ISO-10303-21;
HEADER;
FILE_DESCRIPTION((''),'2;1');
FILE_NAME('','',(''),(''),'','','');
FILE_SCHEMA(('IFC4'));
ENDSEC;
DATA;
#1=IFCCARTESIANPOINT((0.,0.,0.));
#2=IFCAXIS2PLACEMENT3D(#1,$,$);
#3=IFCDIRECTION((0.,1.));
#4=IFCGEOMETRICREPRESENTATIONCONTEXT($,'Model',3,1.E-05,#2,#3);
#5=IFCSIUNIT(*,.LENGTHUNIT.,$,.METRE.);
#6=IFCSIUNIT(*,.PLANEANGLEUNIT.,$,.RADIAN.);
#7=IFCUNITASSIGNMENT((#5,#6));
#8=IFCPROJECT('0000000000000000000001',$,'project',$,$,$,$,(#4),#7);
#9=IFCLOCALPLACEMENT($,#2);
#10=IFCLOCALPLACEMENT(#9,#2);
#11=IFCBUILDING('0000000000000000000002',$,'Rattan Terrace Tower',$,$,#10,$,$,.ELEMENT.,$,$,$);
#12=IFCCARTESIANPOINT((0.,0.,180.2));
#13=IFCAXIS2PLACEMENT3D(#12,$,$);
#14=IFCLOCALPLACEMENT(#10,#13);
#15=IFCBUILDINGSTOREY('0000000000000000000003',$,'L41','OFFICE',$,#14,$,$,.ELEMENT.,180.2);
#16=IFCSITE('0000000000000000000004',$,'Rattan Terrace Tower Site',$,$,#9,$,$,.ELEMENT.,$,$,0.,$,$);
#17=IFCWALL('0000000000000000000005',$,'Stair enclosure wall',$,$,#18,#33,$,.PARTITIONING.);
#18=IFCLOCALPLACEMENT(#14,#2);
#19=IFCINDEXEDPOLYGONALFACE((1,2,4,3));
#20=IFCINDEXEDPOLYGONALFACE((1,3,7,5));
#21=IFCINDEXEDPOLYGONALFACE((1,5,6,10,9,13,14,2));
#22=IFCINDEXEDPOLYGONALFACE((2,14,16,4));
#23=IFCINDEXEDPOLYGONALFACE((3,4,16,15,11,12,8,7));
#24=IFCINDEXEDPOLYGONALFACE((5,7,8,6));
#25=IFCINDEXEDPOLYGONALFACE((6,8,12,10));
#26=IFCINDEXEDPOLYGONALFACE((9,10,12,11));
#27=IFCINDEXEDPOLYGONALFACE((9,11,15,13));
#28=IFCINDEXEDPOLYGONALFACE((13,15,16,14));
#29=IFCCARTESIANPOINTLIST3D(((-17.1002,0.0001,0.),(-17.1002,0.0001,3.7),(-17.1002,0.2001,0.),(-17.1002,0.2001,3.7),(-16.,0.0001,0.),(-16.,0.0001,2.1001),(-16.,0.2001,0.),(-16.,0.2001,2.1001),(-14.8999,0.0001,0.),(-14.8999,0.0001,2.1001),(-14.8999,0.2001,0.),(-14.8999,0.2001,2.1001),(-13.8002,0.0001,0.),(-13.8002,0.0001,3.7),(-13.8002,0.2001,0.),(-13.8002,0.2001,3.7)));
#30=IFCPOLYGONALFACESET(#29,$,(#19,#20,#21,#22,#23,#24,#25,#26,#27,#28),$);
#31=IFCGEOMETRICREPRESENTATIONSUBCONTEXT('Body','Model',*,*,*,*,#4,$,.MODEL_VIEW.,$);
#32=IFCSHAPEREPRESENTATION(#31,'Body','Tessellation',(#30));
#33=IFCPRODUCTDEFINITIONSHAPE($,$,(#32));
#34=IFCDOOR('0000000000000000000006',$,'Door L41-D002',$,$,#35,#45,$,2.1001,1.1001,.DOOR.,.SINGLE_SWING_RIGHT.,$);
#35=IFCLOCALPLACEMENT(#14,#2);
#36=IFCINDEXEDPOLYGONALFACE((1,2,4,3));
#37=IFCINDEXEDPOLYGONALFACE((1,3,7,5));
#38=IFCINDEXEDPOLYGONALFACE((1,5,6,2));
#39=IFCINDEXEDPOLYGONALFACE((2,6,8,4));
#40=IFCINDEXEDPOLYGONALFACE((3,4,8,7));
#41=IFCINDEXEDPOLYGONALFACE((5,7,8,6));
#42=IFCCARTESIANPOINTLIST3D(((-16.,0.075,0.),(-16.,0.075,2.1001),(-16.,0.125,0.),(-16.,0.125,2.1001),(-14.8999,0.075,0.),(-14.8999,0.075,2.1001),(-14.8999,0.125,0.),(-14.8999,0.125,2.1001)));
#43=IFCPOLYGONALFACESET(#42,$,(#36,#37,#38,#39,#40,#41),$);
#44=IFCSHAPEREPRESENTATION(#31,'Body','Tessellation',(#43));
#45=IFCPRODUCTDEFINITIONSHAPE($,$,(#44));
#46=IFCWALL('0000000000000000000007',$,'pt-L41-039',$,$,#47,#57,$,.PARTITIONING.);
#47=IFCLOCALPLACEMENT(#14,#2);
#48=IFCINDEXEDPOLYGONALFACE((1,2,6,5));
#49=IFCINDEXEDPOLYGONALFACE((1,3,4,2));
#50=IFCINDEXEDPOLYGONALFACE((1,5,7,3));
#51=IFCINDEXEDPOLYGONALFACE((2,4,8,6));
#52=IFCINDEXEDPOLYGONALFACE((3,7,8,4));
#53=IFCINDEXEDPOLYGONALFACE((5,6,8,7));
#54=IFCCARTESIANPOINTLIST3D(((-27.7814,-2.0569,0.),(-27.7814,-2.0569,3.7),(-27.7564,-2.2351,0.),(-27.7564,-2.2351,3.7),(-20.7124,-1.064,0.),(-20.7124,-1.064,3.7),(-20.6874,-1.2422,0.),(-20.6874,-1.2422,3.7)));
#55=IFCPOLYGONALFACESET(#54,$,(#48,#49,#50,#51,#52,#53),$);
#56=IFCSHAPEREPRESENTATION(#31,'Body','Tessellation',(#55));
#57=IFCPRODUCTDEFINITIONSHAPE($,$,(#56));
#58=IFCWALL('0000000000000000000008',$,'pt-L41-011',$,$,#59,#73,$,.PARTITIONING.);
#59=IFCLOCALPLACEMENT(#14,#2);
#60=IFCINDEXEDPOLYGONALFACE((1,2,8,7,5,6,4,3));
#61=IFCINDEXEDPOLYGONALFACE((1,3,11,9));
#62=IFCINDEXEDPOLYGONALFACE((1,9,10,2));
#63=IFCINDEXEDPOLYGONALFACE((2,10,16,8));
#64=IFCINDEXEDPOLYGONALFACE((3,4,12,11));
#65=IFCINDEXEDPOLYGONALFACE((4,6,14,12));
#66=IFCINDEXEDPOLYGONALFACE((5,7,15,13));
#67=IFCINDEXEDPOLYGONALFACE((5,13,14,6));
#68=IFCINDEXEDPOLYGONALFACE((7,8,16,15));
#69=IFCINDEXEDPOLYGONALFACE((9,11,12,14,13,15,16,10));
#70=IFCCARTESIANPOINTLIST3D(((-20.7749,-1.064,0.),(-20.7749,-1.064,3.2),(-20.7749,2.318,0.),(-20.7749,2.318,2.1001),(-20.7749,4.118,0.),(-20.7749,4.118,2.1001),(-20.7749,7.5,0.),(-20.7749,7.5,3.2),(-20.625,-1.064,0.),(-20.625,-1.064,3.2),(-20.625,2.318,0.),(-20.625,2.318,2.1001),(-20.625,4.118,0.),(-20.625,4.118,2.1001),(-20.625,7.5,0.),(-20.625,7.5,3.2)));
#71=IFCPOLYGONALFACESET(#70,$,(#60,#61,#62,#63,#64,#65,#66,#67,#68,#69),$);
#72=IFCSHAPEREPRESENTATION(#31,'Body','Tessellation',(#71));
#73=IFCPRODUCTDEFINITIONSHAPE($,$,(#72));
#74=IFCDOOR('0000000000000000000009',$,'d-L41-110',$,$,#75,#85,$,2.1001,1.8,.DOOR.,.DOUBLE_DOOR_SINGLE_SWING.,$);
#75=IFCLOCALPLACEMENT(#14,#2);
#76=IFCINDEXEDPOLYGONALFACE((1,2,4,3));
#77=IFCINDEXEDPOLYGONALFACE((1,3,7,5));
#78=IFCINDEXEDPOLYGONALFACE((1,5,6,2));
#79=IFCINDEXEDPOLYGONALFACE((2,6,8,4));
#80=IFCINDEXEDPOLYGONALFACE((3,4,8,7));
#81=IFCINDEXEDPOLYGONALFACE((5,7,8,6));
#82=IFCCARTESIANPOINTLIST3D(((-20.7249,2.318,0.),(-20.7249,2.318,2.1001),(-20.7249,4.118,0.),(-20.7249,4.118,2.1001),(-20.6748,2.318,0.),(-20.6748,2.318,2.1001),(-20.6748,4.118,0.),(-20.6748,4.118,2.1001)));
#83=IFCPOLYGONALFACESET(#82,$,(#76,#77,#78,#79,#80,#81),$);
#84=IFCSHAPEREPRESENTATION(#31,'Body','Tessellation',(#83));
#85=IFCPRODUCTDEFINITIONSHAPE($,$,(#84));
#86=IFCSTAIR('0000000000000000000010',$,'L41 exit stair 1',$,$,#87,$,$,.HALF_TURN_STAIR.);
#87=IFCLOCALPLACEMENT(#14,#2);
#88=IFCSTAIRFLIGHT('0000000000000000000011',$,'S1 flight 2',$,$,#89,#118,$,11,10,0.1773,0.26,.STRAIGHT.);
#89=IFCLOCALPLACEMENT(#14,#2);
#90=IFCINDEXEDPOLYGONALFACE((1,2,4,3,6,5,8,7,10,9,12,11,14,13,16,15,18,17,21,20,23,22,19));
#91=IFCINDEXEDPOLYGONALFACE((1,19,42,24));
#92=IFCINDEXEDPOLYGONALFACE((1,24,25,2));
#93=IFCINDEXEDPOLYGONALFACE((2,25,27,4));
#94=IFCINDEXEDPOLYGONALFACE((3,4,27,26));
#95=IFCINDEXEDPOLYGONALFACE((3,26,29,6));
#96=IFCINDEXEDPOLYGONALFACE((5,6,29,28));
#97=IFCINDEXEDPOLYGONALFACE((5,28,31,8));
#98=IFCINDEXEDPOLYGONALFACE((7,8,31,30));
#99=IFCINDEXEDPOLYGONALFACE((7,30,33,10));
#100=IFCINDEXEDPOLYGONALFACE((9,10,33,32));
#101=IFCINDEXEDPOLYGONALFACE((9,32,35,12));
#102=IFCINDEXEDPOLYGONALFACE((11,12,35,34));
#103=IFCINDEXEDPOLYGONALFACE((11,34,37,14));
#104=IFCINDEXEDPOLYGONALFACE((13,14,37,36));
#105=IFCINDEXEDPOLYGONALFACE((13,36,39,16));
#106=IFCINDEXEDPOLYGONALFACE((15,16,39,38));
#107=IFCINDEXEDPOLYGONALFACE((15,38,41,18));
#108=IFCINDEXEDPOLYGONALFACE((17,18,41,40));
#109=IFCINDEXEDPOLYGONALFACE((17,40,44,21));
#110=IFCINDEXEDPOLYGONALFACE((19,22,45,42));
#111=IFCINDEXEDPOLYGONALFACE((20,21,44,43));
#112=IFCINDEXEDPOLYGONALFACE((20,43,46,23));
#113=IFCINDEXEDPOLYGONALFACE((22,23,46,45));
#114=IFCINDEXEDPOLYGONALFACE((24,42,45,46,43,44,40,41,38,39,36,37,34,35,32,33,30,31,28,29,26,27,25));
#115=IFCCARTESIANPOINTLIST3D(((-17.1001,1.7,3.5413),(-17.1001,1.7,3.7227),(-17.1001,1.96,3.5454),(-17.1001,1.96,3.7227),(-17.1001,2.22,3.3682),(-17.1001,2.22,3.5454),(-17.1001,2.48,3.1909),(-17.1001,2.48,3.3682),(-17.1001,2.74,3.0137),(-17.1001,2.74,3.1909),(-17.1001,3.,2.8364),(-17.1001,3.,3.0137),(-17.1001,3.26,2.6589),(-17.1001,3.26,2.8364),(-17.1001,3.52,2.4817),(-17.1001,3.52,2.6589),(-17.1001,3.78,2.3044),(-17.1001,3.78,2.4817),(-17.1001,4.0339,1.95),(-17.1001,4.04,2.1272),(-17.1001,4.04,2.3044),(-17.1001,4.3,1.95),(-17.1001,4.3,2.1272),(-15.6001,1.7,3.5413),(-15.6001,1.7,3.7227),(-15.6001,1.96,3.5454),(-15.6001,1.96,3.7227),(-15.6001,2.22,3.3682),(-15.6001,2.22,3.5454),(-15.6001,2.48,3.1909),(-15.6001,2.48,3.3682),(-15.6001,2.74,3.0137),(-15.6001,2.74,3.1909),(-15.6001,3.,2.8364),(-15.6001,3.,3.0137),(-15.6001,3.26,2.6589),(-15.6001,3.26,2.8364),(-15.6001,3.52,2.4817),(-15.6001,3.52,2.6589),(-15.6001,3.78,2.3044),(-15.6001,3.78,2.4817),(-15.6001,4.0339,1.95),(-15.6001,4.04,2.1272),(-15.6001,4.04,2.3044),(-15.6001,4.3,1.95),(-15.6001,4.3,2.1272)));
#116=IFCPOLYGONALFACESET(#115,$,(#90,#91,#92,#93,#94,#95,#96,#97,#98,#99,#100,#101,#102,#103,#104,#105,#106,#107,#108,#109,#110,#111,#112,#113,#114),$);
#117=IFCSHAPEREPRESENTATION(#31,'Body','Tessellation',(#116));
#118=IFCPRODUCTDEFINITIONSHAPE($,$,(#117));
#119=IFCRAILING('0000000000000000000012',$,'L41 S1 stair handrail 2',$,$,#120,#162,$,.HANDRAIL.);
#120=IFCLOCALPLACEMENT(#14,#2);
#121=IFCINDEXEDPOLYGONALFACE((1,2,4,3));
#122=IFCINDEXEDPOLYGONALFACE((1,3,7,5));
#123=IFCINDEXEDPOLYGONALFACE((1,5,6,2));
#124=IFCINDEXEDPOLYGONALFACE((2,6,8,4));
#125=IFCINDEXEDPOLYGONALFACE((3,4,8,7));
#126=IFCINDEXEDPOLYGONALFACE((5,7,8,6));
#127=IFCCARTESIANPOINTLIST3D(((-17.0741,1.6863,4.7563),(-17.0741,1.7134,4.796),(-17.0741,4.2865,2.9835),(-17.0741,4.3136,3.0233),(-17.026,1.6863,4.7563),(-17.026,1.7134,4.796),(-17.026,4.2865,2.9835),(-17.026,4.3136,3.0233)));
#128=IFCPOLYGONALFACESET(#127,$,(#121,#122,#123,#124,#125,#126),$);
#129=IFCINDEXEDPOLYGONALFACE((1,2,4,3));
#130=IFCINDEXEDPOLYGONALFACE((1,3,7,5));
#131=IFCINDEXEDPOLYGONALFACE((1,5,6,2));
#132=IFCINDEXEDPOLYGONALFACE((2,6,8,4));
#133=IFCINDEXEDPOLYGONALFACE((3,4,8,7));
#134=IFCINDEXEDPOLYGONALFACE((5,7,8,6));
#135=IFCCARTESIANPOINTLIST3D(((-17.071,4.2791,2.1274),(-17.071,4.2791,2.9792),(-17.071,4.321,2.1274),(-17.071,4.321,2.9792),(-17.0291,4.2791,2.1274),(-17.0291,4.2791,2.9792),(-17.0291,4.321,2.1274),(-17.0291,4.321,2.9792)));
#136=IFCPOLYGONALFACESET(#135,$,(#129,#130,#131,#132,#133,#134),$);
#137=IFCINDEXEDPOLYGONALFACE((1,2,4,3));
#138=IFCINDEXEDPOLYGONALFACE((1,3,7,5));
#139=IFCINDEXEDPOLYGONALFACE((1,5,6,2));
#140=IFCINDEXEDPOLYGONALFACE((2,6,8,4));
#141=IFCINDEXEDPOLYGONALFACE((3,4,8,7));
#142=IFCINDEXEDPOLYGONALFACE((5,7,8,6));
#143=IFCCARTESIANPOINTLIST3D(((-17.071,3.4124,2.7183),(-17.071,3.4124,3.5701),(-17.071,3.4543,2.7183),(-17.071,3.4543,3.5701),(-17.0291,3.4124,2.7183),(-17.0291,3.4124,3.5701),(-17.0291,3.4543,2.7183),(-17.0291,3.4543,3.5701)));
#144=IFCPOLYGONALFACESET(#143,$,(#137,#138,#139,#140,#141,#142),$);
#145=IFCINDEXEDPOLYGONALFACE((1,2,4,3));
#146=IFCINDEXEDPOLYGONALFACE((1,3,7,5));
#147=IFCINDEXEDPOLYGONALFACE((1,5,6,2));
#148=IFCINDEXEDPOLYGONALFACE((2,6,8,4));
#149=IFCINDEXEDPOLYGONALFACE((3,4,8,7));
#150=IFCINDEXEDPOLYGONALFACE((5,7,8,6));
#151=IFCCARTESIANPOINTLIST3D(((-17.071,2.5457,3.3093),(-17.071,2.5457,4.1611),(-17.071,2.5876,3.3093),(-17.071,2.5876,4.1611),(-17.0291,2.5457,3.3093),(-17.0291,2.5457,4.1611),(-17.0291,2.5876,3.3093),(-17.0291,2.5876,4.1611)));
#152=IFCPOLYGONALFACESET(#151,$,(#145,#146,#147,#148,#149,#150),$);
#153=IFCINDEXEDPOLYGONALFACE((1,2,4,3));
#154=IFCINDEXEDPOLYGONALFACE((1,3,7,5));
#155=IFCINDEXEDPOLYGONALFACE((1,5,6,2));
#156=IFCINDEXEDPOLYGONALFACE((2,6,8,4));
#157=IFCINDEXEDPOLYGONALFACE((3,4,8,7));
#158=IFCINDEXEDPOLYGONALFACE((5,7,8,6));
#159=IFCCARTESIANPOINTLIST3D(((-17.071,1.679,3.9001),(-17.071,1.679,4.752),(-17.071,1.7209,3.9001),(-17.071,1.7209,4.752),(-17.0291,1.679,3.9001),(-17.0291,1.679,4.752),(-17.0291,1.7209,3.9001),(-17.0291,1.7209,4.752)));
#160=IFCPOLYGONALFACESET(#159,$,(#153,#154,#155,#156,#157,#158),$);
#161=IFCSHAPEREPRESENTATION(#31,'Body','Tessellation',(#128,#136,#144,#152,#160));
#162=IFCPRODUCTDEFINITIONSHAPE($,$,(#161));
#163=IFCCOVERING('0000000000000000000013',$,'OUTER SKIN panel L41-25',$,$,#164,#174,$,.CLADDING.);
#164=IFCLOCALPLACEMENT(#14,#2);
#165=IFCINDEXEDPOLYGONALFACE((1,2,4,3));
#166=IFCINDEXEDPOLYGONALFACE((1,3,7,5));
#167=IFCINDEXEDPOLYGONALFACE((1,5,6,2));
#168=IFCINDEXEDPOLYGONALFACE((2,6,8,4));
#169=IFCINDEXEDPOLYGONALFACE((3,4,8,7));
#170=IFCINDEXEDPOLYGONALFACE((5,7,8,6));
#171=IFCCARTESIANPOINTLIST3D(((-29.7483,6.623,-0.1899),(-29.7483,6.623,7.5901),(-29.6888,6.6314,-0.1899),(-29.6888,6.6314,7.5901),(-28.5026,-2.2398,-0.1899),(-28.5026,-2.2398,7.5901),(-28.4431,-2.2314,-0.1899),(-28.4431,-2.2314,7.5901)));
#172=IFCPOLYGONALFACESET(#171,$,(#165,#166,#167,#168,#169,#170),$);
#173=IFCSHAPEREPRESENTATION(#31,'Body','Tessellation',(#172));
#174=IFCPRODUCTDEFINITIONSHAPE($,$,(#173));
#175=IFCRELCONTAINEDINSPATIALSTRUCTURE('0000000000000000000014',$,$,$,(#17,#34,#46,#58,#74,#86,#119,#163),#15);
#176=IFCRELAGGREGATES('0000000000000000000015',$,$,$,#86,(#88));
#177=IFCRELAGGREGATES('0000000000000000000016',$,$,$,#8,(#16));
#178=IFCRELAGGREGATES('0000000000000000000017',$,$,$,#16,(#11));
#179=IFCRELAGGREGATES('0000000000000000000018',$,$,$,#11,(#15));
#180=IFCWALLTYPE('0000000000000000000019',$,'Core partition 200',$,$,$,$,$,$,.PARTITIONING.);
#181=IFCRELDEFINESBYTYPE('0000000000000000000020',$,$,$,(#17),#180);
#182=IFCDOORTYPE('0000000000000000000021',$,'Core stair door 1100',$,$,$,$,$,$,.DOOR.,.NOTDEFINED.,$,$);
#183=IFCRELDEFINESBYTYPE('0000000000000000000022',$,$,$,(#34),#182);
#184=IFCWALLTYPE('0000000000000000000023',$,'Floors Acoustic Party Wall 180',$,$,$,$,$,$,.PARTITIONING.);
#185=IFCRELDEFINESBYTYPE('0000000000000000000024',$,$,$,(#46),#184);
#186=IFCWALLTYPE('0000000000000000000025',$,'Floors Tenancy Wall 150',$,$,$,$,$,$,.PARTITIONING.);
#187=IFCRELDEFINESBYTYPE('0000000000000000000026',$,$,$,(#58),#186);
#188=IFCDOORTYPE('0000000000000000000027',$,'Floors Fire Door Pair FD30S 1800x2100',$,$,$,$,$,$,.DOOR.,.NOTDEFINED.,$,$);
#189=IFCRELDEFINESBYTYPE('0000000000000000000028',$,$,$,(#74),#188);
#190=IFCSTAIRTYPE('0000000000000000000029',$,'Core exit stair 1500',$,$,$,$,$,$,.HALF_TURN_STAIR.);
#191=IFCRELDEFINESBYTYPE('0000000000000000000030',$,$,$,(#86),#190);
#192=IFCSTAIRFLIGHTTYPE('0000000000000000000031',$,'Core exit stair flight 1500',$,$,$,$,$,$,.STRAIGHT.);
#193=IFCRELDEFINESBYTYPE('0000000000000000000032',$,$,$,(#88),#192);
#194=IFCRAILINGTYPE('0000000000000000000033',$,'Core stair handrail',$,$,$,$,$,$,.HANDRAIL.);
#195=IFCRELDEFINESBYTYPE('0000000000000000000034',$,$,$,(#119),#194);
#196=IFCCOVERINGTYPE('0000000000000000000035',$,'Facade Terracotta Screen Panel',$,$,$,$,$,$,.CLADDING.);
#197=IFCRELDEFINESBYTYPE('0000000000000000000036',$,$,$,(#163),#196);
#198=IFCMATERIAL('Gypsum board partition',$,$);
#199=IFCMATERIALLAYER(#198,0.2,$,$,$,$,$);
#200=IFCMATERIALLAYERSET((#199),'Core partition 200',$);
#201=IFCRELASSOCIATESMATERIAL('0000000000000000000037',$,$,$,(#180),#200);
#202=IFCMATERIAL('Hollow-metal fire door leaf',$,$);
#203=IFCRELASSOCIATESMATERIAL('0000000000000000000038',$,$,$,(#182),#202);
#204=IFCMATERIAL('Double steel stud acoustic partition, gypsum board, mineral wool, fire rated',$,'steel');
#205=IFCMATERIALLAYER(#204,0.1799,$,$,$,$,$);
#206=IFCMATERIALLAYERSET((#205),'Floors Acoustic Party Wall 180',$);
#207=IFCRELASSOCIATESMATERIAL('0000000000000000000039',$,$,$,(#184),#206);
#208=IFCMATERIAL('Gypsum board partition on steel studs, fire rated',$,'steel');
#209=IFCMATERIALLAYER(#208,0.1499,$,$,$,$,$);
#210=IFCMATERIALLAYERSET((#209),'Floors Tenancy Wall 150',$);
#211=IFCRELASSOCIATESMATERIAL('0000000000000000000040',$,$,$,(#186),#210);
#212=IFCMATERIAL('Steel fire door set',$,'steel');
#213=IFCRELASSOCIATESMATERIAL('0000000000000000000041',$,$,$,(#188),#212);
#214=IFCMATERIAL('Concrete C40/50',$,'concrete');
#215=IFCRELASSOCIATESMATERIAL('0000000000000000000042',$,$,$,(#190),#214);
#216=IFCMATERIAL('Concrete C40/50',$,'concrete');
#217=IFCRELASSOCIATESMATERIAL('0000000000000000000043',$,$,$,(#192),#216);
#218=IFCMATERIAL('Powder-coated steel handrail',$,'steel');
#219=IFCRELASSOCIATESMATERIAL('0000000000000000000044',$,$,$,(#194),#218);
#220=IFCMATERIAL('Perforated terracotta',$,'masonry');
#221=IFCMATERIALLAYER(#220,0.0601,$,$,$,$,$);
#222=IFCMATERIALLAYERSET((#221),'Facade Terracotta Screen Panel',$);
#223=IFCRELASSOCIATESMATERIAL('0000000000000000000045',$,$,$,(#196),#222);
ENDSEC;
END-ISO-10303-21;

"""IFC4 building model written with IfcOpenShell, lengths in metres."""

from ifc_helpers import new_model, si_unit, direction, frame, frame_2d, origin, origin_2d, place, context, subcontext, project, spatial, polyline, rectangle, outline, extrude, material, layer, layer_set, type_object, element, fill, aggregate, save


model = new_model("IFC4")

# Units and contexts
model_context = context("Model", 3, precision=1e-05, world=origin(), true_north=direction((0.0, 1.0)))
body_context = subcontext(model_context, "Body", "Model", "MODEL_VIEW")
ifc_project = project(units=[si_unit("LENGTHUNIT", "METRE"), si_unit("PLANEANGLEUNIT", "RADIAN")], contexts=[model_context])

# Site, building, storey
site_placement = place(None, origin())
site = spatial("IfcSite", under=ifc_project, at=site_placement, Name="Rattan Terrace Tower Site", CompositionType="ELEMENT", RefElevation=0.0)
building_placement = place(site_placement, origin())
building = spatial("IfcBuilding", under=site, at=building_placement, Name="Rattan Terrace Tower", CompositionType="ELEMENT")
storey_placement = place(building_placement, frame((0.0, 0.0, 180.2)))
storey = spatial("IfcBuildingStorey", under=building, at=storey_placement, Name="L41", Description="OFFICE", CompositionType="ELEMENT", Elevation=180.2)

# Wall, opening, door
ifc_material_1 = material(Name="Gypsum board partition")
ifc_layer_1 = layer(ifc_material_1, 0.2)
ifc_layer_set_1 = layer_set([ifc_layer_1], Name="Core partition 200")
wall_type_1 = type_object("IfcWallType", Name="Core partition 200", PredefinedType="PARTITIONING", material=ifc_layer_set_1)
wall_1_placement = place(storey_placement, frame((-17.1001, 0.1001, 0.0), z_axis=(0.0, 0.0, 1.0), x_axis=(1.0, 0.0, 0.0)))
wall_1 = element("IfcWall", 1, at=wall_1_placement, inside=storey, type_object=wall_type_1, Name="Stair enclosure wall", PredefinedType="PARTITIONING", context=body_context, shape_type="SweptSolid", body=[
    extrude(rectangle(XDim=3.3, YDim=0.2, at=frame_2d((1.6499, 0.0))), origin(), (0.0, 0.0, 1.0), 3.7),
])
opening_1_placement = place(wall_1_placement, frame((1.1001, 0.0, 0.0)))
opening_1 = element("IfcOpeningElement", 2, at=opening_1_placement, cuts=wall_1, PredefinedType="OPENING", context=body_context, shape_type="SweptSolid", body=[
    extrude(rectangle(XDim=1.1001, YDim=2.1001, at=frame_2d((0.55, 1.05))), frame((0.0, 0.1106, 0.0), z_axis=(0.0, -1.0, 0.0), x_axis=(1.0, 0.0, 0.0)), (0.0, 0.0, 1.0), 0.2209),
])
ifc_material_2 = material(Name="Hollow-metal fire door leaf")
door_type_1 = type_object("IfcDoorType", Name="Core stair door 1100", OperationType="NOTDEFINED", PredefinedType="DOOR", material=ifc_material_2)
door_1_placement = place(opening_1_placement, origin())
door_1 = element("IfcDoor", 3, at=door_1_placement, inside=storey, type_object=door_type_1, Name="Door L41-D002", OperationType="SINGLE_SWING_RIGHT", OverallHeight=2.1001, OverallWidth=1.1001, PredefinedType="DOOR", context=body_context, shape_type="SweptSolid", body=[
    extrude(rectangle(XDim=1.1001, YDim=2.1001, at=frame_2d((0.55, 1.05))), frame((0.0, 0.0249, 0.0), z_axis=(0.0, -1.0, 0.0), x_axis=(1.0, 0.0, 0.0)), (0.0, 0.0, 1.0), 0.05),
])
fill(opening_1, door_1)

# Wall
ifc_material_3 = material(Name="Double steel stud acoustic partition, gypsum board, mineral wool, fire rated", Category="steel")
ifc_layer_2 = layer(ifc_material_3, 0.1799)
ifc_layer_set_2 = layer_set([ifc_layer_2], Name="Floors Acoustic Party Wall 180")
wall_type_2 = type_object("IfcWallType", Name="Floors Acoustic Party Wall 180", PredefinedType="PARTITIONING", material=ifc_layer_set_2)
wall_2_placement = place(storey_placement, frame((-27.769, -2.146, 0.0), z_axis=(0.0, 0.0, 1.0), x_axis=(0.990279, 0.139094, 0.0)))
element("IfcWall", 4, at=wall_2_placement, inside=storey, type_object=wall_type_2, Name="pt-L41-039", PredefinedType="PARTITIONING", context=body_context, shape_type="SweptSolid", body=[
    extrude(rectangle(XDim=7.1384, YDim=0.1799, at=frame_2d((3.5693, 0.0))), origin(), (0.0, 0.0, 1.0), 3.7),
])

# Wall, opening, door
ifc_material_4 = material(Name="Gypsum board partition on steel studs, fire rated", Category="steel")
ifc_layer_3 = layer(ifc_material_4, 0.1499)
ifc_layer_set_3 = layer_set([ifc_layer_3], Name="Floors Tenancy Wall 150")
wall_type_3 = type_object("IfcWallType", Name="Floors Tenancy Wall 150", PredefinedType="PARTITIONING", material=ifc_layer_set_3)
wall_3_placement = place(storey_placement, frame((-20.7, -1.064, 0.0), z_axis=(0.0, 0.0, 1.0), x_axis=(0.0, 1.0, 0.0)))
wall_3 = element("IfcWall", 5, at=wall_3_placement, inside=storey, type_object=wall_type_3, Name="pt-L41-011", PredefinedType="PARTITIONING", context=body_context, shape_type="SweptSolid", body=[
    extrude(rectangle(XDim=8.564, YDim=0.1499, at=frame_2d((4.282, 0.0))), origin(), (0.0, 0.0, 1.0), 3.2),
])
opening_2_placement = place(wall_3_placement, frame((3.3821, 0.0, 0.0)))
opening_2 = element("IfcOpeningElement", 6, at=opening_2_placement, cuts=wall_3, PredefinedType="OPENING", context=body_context, shape_type="SweptSolid", body=[
    extrude(rectangle(XDim=1.8, YDim=2.1001, at=frame_2d((0.8999, 1.05))), frame((0.0, 0.0854, 0.0), z_axis=(0.0, -1.0, 0.0), x_axis=(1.0, 0.0, 0.0)), (0.0, 0.0, 1.0), 0.1709),
])
ifc_material_5 = material(Name="Steel fire door set", Category="steel")
door_type_2 = type_object("IfcDoorType", Name="Floors Fire Door Pair FD30S 1800x2100", OperationType="NOTDEFINED", PredefinedType="DOOR", material=ifc_material_5)
door_2_placement = place(opening_2_placement, origin())
door_2 = element("IfcDoor", 7, at=door_2_placement, inside=storey, type_object=door_type_2, Name="d-L41-110", OperationType="DOUBLE_DOOR_SINGLE_SWING", OverallHeight=2.1001, OverallWidth=1.8, PredefinedType="DOOR", context=body_context, shape_type="SweptSolid", body=[
    extrude(rectangle(XDim=1.8, YDim=2.1001, at=frame_2d((0.8999, 1.05))), frame((0.0, 0.0249, 0.0), z_axis=(0.0, -1.0, 0.0), x_axis=(1.0, 0.0, 0.0)), (0.0, 0.0, 1.0), 0.05),
])
fill(opening_2, door_2)

# Stair, stair flight
ifc_material_6 = material(Name="Concrete C40/50", Category="concrete")
stair_type = type_object("IfcStairType", Name="Core exit stair 1500", PredefinedType="HALF_TURN_STAIR", material=ifc_material_6)
stair_placement = place(storey_placement, origin())
stair = element("IfcStair", 8, at=stair_placement, inside=storey, type_object=stair_type, Name="L41 exit stair 1", PredefinedType="HALF_TURN_STAIR")
ifc_material_7 = material(Name="Concrete C40/50", Category="concrete")
stair_flight_type = type_object("IfcStairFlightType", Name="Core exit stair flight 1500", PredefinedType="STRAIGHT", material=ifc_material_7)
stair_flight_placement = place(storey_placement, frame((-16.3501, 4.3, 1.95), z_axis=(0.0, 0.0, 1.0), x_axis=(0.0, -1.0, 0.0)))
stair_flight = element("IfcStairFlight", 9, at=stair_flight_placement, type_object=stair_flight_type, Name="S1 flight 2", NumberOfRisers=11, NumberOfTreads=10, PredefinedType="STRAIGHT", RiserHeight=0.1773, TreadLength=0.26, context=body_context, shape_type="SweptSolid", body=[
    extrude(outline(polyline([(0.0, 0.0), (0.0, 0.1772), (0.26, 0.1772), (0.26, 0.3545), (0.52, 0.3545), (0.52, 0.5317), (0.78, 0.5317), (0.78, 0.709), (1.04, 0.709), (1.04, 0.8865), (1.3, 0.8865), (1.3, 1.0637), (1.5601, 1.0637), (1.5601, 1.241), (1.8201, 1.241), (1.8201, 1.4182), (2.0801, 1.4182), (2.0801, 1.5955), (2.3401, 1.5955), (2.3401, 1.7727), (2.6001, 1.7727), (2.6001, 1.95), (2.6001, 1.5913), (0.2661, 0.0), (0.0, 0.0)])), frame((0.0, 0.75, 0.0), z_axis=(0.0, -1.0, 0.0), x_axis=(1.0, 0.0, 0.0)), (0.0, 0.0, 1.0), 1.5),
])
aggregate(stair, [stair_flight])

# Railing
ifc_material_8 = material(Name="Powder-coated steel handrail", Category="steel")
railing_type = type_object("IfcRailingType", Name="Core stair handrail", PredefinedType="HANDRAIL", material=ifc_material_8)
railing_placement = place(storey_placement, frame((-17.05, 4.3, 2.1274)))
element("IfcRailing", 10, at=railing_placement, inside=storey, type_object=railing_type, Name="L41 S1 stair handrail 2", PredefinedType="HANDRAIL", context=body_context, shape_type="SweptSolid", body=[
    extrude(rectangle(XDim=0.0481, YDim=0.0481, at=origin_2d()), frame((0.0, 0.0, 0.876), z_axis=(0.0, -0.82624, 0.563318), x_axis=(1.0, 0.0, 0.0)), (0.0, 0.0, 1.0), 3.147),
    extrude(rectangle(XDim=0.042, YDim=0.042, at=origin_2d()), origin(), (0.0, 0.0, 1.0), 0.8518),
    extrude(rectangle(XDim=0.042, YDim=0.042, at=origin_2d()), frame((0.0, -0.8667, 0.5908)), (0.0, 0.0, 1.0), 0.8518),
    extrude(rectangle(XDim=0.042, YDim=0.042, at=origin_2d()), frame((0.0, -1.7334, 1.1819)), (0.0, 0.0, 1.0), 0.8518),
    extrude(rectangle(XDim=0.042, YDim=0.042, at=origin_2d()), frame((0.0, -2.6001, 1.7727)), (0.0, 0.0, 1.0), 0.8518),
])

# Covering
ifc_material_9 = material(Name="Perforated terracotta", Category="masonry")
ifc_layer_4 = layer(ifc_material_9, 0.0601)
ifc_layer_set_4 = layer_set([ifc_layer_4], Name="Facade Terracotta Screen Panel")
covering_type = type_object("IfcCoveringType", Name="Facade Terracotta Screen Panel", PredefinedType="CLADDING", material=ifc_layer_set_4)
covering_placement = place(storey_placement, frame((-29.0957, 2.1958, -0.1899), z_axis=(0.0, 0.0, 1.0), x_axis=(0.139191, -0.990266, 0.0)))
element("IfcCovering", 11, at=covering_placement, inside=storey, type_object=covering_type, Name="OUTER SKIN panel L41-25", PredefinedType="CLADDING", context=body_context, shape_type="SweptSolid", body=[
    extrude(rectangle(XDim=8.95, YDim=0.0601, at=origin_2d()), origin(), (0.0, 0.0, 1.0), 7.78),
])

save(model, "model.ifc")
